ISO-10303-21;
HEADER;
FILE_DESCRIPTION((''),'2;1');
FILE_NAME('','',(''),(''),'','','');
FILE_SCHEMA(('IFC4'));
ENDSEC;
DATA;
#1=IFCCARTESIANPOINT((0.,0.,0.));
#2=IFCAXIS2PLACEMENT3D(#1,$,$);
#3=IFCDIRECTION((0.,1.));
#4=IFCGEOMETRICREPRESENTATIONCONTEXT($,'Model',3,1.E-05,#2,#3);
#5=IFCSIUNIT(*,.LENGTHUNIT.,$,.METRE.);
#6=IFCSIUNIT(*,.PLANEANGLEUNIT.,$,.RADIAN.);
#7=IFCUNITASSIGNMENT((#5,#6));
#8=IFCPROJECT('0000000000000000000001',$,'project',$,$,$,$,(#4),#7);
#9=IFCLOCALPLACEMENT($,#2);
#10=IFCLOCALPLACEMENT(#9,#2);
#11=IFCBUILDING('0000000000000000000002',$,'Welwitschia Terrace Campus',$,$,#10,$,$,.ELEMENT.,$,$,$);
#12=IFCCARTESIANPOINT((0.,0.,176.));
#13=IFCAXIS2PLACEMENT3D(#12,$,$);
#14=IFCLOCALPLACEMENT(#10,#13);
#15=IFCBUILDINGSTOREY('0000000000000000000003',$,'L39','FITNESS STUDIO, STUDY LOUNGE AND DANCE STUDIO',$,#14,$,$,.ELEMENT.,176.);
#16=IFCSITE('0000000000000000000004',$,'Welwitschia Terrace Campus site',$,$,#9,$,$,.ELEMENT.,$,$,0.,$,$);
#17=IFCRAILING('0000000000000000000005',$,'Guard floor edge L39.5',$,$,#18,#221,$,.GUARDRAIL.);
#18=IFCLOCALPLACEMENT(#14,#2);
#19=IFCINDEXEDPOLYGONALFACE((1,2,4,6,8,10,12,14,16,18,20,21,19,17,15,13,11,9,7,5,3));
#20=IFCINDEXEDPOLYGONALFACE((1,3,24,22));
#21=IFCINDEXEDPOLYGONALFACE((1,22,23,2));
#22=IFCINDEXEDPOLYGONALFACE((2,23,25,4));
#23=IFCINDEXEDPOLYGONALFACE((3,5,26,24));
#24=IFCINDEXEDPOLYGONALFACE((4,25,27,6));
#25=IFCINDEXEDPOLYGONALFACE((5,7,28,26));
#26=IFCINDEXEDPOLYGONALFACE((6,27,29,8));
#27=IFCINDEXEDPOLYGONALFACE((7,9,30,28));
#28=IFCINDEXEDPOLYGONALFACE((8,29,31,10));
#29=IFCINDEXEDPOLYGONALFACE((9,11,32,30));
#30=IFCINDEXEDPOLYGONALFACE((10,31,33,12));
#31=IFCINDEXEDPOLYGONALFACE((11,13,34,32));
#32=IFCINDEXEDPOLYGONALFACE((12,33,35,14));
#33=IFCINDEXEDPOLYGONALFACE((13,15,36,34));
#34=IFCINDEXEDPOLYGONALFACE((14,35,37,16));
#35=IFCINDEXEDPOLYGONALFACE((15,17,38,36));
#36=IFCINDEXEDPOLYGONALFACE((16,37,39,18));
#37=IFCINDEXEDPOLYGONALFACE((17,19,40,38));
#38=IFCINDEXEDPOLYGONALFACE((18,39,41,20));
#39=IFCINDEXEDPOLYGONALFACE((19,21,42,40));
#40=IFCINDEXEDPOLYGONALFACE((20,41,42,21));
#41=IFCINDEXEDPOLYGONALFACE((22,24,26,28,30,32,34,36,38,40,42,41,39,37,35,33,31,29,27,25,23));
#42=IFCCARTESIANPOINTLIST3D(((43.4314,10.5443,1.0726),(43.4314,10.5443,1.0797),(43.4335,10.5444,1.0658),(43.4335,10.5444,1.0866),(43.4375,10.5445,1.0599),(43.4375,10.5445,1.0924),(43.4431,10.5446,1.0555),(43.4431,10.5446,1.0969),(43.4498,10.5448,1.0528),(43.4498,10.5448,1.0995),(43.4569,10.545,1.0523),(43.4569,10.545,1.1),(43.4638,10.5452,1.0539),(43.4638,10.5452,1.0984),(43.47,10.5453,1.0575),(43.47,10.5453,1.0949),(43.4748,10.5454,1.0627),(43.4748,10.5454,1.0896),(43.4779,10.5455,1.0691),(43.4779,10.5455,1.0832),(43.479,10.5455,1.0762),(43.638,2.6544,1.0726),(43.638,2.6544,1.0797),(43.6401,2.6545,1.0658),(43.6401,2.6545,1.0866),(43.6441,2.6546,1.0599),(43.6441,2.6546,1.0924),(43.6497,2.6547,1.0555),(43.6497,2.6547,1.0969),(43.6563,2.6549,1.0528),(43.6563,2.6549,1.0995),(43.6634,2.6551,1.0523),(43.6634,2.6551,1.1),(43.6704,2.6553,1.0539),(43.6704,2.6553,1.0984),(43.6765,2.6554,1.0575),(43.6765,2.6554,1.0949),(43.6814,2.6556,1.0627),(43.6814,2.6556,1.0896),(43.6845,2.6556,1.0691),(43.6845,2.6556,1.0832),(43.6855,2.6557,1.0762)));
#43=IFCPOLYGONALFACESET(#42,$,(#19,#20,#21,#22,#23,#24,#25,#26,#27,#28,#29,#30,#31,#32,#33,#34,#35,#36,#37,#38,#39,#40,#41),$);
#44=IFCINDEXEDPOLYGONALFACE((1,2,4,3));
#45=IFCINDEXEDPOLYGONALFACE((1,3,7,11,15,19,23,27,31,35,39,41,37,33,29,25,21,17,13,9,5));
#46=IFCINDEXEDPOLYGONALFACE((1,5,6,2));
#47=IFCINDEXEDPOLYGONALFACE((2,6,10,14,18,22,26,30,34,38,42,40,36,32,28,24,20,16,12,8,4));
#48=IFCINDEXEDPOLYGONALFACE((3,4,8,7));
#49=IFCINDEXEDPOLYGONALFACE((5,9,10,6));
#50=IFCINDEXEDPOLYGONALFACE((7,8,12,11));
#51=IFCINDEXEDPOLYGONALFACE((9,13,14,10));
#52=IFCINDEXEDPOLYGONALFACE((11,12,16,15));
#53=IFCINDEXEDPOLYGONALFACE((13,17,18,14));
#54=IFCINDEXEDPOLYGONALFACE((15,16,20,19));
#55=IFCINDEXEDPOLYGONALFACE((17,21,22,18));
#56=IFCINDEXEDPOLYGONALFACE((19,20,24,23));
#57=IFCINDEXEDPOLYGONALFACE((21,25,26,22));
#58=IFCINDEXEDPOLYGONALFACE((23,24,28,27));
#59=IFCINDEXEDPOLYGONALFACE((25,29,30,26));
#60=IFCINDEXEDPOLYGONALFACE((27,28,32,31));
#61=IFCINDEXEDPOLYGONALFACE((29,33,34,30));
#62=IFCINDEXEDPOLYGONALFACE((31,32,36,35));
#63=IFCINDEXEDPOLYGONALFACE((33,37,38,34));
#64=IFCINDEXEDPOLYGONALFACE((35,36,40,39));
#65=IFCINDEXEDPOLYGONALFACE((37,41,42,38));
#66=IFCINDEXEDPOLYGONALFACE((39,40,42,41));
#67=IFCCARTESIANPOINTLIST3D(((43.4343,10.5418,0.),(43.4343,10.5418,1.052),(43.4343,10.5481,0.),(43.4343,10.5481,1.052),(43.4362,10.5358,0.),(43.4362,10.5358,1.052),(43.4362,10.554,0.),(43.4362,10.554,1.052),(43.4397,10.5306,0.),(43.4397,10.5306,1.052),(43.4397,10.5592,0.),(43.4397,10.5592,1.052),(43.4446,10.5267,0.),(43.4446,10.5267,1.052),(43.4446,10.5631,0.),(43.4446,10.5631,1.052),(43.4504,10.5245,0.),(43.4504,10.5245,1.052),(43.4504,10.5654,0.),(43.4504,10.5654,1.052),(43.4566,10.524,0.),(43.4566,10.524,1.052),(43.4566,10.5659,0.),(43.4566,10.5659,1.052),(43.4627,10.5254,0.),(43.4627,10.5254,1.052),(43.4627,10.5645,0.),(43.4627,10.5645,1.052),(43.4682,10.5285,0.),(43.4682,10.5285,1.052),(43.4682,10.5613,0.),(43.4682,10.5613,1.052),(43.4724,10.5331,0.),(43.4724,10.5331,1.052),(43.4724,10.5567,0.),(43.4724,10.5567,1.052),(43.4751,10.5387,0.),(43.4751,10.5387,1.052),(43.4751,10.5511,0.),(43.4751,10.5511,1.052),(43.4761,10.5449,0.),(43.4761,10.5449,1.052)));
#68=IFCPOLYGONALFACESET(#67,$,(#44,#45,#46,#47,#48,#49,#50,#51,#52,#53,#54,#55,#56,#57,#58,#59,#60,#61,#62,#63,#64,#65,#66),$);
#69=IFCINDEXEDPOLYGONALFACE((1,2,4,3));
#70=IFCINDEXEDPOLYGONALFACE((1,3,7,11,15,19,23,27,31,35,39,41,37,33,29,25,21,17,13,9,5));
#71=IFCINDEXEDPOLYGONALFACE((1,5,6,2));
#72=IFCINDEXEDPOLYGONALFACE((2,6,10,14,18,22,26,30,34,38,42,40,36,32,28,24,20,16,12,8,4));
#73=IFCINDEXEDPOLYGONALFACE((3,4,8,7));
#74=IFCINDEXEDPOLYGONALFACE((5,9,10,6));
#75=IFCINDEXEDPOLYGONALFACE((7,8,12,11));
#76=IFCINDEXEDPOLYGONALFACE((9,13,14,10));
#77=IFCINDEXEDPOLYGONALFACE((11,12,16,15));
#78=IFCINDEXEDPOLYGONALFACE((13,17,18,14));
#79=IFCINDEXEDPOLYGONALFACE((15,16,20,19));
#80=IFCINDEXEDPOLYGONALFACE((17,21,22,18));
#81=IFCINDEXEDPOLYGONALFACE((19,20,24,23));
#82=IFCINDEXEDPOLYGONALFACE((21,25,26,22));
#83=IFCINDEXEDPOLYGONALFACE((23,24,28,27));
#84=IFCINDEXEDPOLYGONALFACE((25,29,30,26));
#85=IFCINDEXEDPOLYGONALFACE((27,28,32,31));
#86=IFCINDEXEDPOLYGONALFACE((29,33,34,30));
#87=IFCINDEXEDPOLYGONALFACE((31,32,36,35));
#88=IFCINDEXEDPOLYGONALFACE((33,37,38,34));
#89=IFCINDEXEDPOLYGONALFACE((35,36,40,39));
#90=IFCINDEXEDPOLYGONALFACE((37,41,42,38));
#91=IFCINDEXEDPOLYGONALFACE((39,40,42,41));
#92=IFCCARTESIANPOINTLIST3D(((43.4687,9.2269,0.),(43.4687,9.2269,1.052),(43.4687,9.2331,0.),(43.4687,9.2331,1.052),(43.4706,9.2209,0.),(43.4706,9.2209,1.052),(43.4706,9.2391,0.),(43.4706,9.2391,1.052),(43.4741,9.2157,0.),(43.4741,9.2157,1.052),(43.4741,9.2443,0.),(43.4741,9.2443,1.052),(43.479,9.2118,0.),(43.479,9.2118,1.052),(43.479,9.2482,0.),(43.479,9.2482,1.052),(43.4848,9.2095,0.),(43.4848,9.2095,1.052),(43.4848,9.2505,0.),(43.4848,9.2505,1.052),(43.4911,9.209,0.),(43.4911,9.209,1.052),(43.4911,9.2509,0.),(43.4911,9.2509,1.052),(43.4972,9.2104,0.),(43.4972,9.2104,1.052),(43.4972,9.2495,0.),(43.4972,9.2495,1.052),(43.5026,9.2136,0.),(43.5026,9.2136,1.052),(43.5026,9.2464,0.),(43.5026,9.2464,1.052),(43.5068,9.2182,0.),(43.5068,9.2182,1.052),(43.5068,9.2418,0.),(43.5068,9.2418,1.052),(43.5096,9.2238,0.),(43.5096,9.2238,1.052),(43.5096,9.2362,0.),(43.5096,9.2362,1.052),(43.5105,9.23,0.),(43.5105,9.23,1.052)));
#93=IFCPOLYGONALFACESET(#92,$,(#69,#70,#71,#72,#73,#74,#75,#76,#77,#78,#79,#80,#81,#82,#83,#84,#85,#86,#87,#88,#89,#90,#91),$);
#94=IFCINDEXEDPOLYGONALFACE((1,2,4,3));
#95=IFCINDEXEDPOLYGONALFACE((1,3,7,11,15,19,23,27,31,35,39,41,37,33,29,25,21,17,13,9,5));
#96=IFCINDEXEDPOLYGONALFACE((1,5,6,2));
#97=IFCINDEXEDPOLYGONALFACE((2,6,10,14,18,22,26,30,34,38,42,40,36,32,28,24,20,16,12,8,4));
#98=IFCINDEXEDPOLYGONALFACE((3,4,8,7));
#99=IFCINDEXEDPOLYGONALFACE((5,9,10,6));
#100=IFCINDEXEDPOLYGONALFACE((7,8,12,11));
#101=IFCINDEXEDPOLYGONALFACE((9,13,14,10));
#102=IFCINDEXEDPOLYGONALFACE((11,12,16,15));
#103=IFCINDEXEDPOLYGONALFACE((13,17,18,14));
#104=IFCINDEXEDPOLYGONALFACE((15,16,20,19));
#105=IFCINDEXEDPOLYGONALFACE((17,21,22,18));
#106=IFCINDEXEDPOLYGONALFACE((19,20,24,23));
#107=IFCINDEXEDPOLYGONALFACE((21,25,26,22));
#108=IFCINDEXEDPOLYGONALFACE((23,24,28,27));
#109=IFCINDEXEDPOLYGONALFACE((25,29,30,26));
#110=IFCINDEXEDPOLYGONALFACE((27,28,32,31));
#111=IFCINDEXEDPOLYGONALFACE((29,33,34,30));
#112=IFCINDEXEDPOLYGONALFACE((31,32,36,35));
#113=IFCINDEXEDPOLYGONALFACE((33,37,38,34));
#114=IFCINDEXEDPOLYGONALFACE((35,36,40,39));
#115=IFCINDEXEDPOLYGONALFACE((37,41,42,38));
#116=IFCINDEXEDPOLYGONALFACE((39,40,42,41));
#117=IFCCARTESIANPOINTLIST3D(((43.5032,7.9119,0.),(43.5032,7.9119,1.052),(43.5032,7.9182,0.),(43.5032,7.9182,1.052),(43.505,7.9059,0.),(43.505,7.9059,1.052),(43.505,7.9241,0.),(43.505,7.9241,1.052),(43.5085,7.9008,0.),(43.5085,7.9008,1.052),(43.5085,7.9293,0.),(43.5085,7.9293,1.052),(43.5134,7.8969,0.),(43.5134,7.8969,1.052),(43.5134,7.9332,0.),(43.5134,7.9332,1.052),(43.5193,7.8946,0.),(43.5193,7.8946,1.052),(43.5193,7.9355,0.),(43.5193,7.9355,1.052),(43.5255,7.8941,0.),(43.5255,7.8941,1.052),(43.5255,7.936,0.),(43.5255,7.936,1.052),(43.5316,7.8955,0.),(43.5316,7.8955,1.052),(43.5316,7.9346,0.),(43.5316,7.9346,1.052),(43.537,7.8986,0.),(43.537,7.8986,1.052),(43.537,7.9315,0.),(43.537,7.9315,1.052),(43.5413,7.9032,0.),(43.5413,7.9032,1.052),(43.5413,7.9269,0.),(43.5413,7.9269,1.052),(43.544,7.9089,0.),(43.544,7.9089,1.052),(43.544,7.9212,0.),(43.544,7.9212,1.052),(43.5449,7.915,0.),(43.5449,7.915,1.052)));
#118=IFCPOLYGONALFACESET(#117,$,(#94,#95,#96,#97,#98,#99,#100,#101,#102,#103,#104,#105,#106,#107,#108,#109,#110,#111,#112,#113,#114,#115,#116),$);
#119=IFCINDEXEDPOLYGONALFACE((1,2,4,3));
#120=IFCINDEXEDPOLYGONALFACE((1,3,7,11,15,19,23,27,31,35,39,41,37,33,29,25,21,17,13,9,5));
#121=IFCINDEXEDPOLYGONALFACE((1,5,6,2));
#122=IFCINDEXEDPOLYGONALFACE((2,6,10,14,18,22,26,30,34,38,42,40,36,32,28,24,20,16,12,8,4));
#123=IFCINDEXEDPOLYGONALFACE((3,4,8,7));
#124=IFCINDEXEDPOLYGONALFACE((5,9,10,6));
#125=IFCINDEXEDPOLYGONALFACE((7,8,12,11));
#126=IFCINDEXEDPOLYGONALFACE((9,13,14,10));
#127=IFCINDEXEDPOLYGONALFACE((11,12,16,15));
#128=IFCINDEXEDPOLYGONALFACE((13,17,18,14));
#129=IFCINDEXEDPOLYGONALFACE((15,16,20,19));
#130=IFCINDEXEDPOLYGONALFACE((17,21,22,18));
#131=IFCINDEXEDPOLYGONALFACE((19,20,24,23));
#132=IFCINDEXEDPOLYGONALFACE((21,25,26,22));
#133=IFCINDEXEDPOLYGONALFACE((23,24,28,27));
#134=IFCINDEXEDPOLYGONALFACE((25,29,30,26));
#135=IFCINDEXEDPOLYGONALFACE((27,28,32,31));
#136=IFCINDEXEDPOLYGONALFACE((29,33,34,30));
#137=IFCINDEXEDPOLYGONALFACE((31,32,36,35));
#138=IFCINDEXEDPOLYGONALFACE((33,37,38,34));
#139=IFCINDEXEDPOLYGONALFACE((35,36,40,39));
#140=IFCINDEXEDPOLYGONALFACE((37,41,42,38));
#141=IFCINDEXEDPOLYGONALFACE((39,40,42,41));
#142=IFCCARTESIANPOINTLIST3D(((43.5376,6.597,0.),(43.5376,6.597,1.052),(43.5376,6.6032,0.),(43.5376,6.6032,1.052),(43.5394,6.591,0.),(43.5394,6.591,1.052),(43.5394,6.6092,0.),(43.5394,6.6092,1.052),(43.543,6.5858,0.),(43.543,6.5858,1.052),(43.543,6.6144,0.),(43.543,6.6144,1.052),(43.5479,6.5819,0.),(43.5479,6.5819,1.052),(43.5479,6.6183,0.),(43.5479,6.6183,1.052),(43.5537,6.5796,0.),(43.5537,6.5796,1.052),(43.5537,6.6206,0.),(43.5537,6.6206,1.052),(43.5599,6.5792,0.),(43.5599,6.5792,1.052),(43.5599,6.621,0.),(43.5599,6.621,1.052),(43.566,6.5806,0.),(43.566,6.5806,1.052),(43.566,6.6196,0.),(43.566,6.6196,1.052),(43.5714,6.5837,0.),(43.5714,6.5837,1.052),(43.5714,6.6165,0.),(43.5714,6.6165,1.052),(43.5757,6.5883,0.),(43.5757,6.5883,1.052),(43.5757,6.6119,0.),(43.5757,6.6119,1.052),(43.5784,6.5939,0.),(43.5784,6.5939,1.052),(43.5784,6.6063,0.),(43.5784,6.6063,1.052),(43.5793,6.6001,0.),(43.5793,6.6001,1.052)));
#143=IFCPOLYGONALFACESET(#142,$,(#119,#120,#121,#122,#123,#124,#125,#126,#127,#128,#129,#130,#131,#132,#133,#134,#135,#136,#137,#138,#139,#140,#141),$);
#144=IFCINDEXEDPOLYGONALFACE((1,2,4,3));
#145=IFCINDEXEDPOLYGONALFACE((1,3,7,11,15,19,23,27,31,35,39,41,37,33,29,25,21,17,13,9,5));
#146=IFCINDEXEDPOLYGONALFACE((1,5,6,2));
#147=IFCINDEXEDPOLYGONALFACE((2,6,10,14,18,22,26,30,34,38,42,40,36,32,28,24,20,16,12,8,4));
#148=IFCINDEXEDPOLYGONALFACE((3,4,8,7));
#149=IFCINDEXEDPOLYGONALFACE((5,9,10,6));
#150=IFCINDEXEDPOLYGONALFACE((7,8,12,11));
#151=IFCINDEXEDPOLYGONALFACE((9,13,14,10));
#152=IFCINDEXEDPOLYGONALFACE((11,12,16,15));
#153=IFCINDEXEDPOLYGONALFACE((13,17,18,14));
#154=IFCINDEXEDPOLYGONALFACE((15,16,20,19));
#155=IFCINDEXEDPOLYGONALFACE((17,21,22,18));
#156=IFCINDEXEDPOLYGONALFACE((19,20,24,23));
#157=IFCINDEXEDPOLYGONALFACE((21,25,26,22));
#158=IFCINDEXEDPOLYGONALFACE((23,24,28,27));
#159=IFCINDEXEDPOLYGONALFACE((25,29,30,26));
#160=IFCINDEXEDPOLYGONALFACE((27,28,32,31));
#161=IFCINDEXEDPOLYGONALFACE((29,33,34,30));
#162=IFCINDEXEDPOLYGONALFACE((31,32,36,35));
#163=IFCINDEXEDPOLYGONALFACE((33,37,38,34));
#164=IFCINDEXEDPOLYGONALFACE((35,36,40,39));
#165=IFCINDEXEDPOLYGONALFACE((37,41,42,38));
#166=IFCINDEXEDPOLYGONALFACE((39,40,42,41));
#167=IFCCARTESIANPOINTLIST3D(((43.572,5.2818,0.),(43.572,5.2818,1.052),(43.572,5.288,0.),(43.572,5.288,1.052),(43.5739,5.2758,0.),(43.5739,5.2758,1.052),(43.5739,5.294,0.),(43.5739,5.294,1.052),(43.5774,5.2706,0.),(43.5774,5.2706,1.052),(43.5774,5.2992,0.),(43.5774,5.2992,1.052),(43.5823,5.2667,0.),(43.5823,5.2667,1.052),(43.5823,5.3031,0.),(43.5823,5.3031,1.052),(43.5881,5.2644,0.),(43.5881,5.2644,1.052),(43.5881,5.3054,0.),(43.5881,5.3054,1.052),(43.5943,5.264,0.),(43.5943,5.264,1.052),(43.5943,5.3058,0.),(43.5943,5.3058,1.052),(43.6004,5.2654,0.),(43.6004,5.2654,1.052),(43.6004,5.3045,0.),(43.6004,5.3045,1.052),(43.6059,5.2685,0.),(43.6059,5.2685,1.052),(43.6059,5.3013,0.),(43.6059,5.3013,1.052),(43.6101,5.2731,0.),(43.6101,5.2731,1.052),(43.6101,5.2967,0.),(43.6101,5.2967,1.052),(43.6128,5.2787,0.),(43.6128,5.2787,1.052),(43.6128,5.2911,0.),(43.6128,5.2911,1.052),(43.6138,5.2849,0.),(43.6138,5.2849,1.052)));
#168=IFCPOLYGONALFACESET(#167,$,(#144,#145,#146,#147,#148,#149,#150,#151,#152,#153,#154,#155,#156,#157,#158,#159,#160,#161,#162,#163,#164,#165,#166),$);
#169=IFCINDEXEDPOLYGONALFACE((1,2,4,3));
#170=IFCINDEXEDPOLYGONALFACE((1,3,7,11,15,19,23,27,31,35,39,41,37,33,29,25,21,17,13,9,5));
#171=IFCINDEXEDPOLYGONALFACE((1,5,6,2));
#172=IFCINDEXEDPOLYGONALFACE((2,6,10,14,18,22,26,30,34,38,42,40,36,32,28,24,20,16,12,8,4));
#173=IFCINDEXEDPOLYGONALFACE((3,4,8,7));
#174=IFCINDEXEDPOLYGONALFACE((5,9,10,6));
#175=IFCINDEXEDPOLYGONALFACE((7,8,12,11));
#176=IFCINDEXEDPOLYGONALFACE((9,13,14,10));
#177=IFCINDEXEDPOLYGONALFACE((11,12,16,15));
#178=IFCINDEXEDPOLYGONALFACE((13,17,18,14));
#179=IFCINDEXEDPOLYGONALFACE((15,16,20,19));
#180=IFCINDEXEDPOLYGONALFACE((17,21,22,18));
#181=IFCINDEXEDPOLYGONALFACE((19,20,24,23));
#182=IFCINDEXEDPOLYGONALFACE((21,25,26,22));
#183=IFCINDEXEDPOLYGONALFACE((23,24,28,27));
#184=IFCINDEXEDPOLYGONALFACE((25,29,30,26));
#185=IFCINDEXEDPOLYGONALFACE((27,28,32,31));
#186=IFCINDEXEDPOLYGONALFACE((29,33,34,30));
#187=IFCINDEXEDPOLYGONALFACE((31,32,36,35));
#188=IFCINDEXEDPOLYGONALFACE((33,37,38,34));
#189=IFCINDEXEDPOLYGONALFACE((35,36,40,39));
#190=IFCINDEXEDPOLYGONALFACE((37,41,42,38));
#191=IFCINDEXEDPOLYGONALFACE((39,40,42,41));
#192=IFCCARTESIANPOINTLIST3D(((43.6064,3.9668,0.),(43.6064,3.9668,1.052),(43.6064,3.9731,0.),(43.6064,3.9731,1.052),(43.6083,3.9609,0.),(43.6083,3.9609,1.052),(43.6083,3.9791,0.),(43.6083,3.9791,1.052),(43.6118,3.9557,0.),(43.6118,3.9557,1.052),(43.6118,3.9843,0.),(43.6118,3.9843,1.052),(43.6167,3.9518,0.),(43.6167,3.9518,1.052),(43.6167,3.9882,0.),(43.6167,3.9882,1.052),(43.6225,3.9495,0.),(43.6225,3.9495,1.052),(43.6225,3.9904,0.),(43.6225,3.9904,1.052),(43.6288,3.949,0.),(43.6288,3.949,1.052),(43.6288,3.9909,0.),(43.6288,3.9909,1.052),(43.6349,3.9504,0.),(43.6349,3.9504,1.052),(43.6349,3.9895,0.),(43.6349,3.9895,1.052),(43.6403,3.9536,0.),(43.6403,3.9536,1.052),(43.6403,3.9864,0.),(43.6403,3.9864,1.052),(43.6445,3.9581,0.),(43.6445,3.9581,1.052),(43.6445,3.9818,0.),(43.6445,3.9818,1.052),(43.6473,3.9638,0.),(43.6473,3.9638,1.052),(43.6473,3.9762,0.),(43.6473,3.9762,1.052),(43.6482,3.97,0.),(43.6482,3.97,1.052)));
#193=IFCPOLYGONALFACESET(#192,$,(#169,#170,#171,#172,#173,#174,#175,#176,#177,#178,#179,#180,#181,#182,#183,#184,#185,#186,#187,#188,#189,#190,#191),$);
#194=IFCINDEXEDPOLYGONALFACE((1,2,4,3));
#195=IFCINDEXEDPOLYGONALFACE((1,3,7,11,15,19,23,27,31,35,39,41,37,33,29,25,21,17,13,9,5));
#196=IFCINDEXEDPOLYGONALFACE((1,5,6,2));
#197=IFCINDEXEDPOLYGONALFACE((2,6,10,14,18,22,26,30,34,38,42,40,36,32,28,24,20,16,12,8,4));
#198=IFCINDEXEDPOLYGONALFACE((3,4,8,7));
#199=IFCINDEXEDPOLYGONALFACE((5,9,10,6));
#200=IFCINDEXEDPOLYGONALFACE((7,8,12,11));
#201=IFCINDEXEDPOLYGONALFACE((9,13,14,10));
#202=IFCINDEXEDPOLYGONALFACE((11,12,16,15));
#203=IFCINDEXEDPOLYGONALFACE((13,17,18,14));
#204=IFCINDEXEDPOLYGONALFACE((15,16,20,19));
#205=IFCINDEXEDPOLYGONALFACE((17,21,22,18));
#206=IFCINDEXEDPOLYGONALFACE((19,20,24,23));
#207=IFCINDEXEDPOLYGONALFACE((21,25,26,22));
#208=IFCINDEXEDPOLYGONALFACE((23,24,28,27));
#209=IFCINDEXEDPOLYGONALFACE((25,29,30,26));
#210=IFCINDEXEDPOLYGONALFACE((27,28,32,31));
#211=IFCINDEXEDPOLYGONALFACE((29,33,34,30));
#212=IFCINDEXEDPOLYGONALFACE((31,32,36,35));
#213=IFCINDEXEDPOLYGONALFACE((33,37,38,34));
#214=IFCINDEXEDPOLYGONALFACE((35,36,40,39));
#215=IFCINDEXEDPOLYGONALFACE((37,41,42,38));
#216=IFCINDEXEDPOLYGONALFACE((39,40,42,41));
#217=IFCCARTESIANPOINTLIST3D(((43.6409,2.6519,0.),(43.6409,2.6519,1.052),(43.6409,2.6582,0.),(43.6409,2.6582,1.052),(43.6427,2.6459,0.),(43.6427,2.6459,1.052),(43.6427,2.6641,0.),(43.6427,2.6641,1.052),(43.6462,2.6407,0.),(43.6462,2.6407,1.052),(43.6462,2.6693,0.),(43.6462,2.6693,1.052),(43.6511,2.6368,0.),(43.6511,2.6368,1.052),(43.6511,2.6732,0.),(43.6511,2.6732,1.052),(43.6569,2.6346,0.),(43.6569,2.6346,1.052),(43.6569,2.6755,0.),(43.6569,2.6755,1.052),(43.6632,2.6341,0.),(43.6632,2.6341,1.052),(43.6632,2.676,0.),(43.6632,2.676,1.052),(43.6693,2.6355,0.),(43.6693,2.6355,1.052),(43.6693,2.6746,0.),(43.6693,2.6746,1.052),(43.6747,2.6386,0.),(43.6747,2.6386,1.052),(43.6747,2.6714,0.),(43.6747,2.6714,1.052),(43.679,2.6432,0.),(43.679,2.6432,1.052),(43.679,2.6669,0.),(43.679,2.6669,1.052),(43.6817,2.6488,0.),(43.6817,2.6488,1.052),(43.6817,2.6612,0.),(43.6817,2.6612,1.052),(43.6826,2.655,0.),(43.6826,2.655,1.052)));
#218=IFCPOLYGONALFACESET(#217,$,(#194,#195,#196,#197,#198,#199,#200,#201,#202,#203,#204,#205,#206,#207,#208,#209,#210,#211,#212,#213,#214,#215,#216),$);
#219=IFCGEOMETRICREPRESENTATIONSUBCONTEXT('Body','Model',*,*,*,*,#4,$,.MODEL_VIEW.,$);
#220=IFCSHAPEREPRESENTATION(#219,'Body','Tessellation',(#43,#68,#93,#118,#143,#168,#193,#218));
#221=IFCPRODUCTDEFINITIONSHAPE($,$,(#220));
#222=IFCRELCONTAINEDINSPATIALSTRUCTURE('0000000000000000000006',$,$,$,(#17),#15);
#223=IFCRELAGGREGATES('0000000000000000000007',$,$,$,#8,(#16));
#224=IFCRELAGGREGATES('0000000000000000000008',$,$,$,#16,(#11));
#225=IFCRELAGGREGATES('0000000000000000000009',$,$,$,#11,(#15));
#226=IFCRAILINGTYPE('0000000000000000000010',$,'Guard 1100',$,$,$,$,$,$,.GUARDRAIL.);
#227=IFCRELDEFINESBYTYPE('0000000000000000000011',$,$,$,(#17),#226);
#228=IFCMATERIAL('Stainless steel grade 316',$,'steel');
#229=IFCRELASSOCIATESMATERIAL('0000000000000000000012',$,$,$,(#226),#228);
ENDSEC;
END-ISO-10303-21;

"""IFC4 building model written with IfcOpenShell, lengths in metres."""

from ifc_helpers import new_model, si_unit, direction, frame, origin, origin_2d, place, context, subcontext, project, spatial, circle, extrude, material, type_object, element, save


model = new_model("IFC4")

# Units and contexts
model_context = context("Model", 3, precision=1e-05, world=origin(), true_north=direction((0.0, 1.0)))
body_context = subcontext(model_context, "Body", "Model", "MODEL_VIEW")
ifc_project = project(units=[si_unit("LENGTHUNIT", "METRE"), si_unit("PLANEANGLEUNIT", "RADIAN")], contexts=[model_context])

# Site, building, storey
site_placement = place(None, origin())
site = spatial("IfcSite", under=ifc_project, at=site_placement, Name="Welwitschia Terrace Campus site", CompositionType="ELEMENT", RefElevation=0.0)
building_placement = place(site_placement, origin())
building = spatial("IfcBuilding", under=site, at=building_placement, Name="Welwitschia Terrace Campus", CompositionType="ELEMENT")
storey_placement = place(building_placement, frame((0.0, 0.0, 176.0)))
storey = spatial("IfcBuildingStorey", under=building, at=storey_placement, Name="L39", Description="FITNESS STUDIO, STUDY LOUNGE AND DANCE STUDIO", CompositionType="ELEMENT", Elevation=176.0)

# Railing
ifc_material_1 = material(Name="Stainless steel grade 316", Category="steel")
railing_type = type_object("IfcRailingType", Name="Guard 1100", PredefinedType="GUARDRAIL", material=ifc_material_1)
railing_1_placement = place(storey_placement, frame((43.4551, 10.5449, 0.0)))
element("IfcRailing", 1, at=railing_1_placement, inside=storey, type_object=railing_type, Name="Guard floor edge L39.5", PredefinedType="GUARDRAIL", context=body_context, shape_type="SweptSolid", body=[
    extrude(circle(Radius=0.0239, at=origin_2d()), frame((0.0, 0.0, 1.0762), z_axis=(0.026169, -0.999658, 0.0), x_axis=(0.999658, 0.026169, 0.0)), (0.0, 0.0, 1.0), 7.8926),
    extrude(circle(Radius=0.021, at=origin_2d()), origin(), (0.0, 0.0, 1.0), 1.052),
    extrude(circle(Radius=0.021, at=origin_2d()), frame((0.0344, -1.3149, 0.0)), (0.0, 0.0, 1.0), 1.052),
    extrude(circle(Radius=0.021, at=origin_2d()), frame((0.0688, -2.6299, 0.0)), (0.0, 0.0, 1.0), 1.052),
    extrude(circle(Radius=0.021, at=origin_2d()), frame((0.1033, -3.9448, 0.0)), (0.0, 0.0, 1.0), 1.052),
    extrude(circle(Radius=0.021, at=origin_2d()), frame((0.1377, -5.26, 0.0)), (0.0, 0.0, 1.0), 1.052),
    extrude(circle(Radius=0.021, at=origin_2d()), frame((0.1721, -6.575, 0.0)), (0.0, 0.0, 1.0), 1.052),
    extrude(circle(Radius=0.021, at=origin_2d()), frame((0.2065, -7.8899, 0.0)), (0.0, 0.0, 1.0), 1.052),
])

save(model, "model.ifc")
